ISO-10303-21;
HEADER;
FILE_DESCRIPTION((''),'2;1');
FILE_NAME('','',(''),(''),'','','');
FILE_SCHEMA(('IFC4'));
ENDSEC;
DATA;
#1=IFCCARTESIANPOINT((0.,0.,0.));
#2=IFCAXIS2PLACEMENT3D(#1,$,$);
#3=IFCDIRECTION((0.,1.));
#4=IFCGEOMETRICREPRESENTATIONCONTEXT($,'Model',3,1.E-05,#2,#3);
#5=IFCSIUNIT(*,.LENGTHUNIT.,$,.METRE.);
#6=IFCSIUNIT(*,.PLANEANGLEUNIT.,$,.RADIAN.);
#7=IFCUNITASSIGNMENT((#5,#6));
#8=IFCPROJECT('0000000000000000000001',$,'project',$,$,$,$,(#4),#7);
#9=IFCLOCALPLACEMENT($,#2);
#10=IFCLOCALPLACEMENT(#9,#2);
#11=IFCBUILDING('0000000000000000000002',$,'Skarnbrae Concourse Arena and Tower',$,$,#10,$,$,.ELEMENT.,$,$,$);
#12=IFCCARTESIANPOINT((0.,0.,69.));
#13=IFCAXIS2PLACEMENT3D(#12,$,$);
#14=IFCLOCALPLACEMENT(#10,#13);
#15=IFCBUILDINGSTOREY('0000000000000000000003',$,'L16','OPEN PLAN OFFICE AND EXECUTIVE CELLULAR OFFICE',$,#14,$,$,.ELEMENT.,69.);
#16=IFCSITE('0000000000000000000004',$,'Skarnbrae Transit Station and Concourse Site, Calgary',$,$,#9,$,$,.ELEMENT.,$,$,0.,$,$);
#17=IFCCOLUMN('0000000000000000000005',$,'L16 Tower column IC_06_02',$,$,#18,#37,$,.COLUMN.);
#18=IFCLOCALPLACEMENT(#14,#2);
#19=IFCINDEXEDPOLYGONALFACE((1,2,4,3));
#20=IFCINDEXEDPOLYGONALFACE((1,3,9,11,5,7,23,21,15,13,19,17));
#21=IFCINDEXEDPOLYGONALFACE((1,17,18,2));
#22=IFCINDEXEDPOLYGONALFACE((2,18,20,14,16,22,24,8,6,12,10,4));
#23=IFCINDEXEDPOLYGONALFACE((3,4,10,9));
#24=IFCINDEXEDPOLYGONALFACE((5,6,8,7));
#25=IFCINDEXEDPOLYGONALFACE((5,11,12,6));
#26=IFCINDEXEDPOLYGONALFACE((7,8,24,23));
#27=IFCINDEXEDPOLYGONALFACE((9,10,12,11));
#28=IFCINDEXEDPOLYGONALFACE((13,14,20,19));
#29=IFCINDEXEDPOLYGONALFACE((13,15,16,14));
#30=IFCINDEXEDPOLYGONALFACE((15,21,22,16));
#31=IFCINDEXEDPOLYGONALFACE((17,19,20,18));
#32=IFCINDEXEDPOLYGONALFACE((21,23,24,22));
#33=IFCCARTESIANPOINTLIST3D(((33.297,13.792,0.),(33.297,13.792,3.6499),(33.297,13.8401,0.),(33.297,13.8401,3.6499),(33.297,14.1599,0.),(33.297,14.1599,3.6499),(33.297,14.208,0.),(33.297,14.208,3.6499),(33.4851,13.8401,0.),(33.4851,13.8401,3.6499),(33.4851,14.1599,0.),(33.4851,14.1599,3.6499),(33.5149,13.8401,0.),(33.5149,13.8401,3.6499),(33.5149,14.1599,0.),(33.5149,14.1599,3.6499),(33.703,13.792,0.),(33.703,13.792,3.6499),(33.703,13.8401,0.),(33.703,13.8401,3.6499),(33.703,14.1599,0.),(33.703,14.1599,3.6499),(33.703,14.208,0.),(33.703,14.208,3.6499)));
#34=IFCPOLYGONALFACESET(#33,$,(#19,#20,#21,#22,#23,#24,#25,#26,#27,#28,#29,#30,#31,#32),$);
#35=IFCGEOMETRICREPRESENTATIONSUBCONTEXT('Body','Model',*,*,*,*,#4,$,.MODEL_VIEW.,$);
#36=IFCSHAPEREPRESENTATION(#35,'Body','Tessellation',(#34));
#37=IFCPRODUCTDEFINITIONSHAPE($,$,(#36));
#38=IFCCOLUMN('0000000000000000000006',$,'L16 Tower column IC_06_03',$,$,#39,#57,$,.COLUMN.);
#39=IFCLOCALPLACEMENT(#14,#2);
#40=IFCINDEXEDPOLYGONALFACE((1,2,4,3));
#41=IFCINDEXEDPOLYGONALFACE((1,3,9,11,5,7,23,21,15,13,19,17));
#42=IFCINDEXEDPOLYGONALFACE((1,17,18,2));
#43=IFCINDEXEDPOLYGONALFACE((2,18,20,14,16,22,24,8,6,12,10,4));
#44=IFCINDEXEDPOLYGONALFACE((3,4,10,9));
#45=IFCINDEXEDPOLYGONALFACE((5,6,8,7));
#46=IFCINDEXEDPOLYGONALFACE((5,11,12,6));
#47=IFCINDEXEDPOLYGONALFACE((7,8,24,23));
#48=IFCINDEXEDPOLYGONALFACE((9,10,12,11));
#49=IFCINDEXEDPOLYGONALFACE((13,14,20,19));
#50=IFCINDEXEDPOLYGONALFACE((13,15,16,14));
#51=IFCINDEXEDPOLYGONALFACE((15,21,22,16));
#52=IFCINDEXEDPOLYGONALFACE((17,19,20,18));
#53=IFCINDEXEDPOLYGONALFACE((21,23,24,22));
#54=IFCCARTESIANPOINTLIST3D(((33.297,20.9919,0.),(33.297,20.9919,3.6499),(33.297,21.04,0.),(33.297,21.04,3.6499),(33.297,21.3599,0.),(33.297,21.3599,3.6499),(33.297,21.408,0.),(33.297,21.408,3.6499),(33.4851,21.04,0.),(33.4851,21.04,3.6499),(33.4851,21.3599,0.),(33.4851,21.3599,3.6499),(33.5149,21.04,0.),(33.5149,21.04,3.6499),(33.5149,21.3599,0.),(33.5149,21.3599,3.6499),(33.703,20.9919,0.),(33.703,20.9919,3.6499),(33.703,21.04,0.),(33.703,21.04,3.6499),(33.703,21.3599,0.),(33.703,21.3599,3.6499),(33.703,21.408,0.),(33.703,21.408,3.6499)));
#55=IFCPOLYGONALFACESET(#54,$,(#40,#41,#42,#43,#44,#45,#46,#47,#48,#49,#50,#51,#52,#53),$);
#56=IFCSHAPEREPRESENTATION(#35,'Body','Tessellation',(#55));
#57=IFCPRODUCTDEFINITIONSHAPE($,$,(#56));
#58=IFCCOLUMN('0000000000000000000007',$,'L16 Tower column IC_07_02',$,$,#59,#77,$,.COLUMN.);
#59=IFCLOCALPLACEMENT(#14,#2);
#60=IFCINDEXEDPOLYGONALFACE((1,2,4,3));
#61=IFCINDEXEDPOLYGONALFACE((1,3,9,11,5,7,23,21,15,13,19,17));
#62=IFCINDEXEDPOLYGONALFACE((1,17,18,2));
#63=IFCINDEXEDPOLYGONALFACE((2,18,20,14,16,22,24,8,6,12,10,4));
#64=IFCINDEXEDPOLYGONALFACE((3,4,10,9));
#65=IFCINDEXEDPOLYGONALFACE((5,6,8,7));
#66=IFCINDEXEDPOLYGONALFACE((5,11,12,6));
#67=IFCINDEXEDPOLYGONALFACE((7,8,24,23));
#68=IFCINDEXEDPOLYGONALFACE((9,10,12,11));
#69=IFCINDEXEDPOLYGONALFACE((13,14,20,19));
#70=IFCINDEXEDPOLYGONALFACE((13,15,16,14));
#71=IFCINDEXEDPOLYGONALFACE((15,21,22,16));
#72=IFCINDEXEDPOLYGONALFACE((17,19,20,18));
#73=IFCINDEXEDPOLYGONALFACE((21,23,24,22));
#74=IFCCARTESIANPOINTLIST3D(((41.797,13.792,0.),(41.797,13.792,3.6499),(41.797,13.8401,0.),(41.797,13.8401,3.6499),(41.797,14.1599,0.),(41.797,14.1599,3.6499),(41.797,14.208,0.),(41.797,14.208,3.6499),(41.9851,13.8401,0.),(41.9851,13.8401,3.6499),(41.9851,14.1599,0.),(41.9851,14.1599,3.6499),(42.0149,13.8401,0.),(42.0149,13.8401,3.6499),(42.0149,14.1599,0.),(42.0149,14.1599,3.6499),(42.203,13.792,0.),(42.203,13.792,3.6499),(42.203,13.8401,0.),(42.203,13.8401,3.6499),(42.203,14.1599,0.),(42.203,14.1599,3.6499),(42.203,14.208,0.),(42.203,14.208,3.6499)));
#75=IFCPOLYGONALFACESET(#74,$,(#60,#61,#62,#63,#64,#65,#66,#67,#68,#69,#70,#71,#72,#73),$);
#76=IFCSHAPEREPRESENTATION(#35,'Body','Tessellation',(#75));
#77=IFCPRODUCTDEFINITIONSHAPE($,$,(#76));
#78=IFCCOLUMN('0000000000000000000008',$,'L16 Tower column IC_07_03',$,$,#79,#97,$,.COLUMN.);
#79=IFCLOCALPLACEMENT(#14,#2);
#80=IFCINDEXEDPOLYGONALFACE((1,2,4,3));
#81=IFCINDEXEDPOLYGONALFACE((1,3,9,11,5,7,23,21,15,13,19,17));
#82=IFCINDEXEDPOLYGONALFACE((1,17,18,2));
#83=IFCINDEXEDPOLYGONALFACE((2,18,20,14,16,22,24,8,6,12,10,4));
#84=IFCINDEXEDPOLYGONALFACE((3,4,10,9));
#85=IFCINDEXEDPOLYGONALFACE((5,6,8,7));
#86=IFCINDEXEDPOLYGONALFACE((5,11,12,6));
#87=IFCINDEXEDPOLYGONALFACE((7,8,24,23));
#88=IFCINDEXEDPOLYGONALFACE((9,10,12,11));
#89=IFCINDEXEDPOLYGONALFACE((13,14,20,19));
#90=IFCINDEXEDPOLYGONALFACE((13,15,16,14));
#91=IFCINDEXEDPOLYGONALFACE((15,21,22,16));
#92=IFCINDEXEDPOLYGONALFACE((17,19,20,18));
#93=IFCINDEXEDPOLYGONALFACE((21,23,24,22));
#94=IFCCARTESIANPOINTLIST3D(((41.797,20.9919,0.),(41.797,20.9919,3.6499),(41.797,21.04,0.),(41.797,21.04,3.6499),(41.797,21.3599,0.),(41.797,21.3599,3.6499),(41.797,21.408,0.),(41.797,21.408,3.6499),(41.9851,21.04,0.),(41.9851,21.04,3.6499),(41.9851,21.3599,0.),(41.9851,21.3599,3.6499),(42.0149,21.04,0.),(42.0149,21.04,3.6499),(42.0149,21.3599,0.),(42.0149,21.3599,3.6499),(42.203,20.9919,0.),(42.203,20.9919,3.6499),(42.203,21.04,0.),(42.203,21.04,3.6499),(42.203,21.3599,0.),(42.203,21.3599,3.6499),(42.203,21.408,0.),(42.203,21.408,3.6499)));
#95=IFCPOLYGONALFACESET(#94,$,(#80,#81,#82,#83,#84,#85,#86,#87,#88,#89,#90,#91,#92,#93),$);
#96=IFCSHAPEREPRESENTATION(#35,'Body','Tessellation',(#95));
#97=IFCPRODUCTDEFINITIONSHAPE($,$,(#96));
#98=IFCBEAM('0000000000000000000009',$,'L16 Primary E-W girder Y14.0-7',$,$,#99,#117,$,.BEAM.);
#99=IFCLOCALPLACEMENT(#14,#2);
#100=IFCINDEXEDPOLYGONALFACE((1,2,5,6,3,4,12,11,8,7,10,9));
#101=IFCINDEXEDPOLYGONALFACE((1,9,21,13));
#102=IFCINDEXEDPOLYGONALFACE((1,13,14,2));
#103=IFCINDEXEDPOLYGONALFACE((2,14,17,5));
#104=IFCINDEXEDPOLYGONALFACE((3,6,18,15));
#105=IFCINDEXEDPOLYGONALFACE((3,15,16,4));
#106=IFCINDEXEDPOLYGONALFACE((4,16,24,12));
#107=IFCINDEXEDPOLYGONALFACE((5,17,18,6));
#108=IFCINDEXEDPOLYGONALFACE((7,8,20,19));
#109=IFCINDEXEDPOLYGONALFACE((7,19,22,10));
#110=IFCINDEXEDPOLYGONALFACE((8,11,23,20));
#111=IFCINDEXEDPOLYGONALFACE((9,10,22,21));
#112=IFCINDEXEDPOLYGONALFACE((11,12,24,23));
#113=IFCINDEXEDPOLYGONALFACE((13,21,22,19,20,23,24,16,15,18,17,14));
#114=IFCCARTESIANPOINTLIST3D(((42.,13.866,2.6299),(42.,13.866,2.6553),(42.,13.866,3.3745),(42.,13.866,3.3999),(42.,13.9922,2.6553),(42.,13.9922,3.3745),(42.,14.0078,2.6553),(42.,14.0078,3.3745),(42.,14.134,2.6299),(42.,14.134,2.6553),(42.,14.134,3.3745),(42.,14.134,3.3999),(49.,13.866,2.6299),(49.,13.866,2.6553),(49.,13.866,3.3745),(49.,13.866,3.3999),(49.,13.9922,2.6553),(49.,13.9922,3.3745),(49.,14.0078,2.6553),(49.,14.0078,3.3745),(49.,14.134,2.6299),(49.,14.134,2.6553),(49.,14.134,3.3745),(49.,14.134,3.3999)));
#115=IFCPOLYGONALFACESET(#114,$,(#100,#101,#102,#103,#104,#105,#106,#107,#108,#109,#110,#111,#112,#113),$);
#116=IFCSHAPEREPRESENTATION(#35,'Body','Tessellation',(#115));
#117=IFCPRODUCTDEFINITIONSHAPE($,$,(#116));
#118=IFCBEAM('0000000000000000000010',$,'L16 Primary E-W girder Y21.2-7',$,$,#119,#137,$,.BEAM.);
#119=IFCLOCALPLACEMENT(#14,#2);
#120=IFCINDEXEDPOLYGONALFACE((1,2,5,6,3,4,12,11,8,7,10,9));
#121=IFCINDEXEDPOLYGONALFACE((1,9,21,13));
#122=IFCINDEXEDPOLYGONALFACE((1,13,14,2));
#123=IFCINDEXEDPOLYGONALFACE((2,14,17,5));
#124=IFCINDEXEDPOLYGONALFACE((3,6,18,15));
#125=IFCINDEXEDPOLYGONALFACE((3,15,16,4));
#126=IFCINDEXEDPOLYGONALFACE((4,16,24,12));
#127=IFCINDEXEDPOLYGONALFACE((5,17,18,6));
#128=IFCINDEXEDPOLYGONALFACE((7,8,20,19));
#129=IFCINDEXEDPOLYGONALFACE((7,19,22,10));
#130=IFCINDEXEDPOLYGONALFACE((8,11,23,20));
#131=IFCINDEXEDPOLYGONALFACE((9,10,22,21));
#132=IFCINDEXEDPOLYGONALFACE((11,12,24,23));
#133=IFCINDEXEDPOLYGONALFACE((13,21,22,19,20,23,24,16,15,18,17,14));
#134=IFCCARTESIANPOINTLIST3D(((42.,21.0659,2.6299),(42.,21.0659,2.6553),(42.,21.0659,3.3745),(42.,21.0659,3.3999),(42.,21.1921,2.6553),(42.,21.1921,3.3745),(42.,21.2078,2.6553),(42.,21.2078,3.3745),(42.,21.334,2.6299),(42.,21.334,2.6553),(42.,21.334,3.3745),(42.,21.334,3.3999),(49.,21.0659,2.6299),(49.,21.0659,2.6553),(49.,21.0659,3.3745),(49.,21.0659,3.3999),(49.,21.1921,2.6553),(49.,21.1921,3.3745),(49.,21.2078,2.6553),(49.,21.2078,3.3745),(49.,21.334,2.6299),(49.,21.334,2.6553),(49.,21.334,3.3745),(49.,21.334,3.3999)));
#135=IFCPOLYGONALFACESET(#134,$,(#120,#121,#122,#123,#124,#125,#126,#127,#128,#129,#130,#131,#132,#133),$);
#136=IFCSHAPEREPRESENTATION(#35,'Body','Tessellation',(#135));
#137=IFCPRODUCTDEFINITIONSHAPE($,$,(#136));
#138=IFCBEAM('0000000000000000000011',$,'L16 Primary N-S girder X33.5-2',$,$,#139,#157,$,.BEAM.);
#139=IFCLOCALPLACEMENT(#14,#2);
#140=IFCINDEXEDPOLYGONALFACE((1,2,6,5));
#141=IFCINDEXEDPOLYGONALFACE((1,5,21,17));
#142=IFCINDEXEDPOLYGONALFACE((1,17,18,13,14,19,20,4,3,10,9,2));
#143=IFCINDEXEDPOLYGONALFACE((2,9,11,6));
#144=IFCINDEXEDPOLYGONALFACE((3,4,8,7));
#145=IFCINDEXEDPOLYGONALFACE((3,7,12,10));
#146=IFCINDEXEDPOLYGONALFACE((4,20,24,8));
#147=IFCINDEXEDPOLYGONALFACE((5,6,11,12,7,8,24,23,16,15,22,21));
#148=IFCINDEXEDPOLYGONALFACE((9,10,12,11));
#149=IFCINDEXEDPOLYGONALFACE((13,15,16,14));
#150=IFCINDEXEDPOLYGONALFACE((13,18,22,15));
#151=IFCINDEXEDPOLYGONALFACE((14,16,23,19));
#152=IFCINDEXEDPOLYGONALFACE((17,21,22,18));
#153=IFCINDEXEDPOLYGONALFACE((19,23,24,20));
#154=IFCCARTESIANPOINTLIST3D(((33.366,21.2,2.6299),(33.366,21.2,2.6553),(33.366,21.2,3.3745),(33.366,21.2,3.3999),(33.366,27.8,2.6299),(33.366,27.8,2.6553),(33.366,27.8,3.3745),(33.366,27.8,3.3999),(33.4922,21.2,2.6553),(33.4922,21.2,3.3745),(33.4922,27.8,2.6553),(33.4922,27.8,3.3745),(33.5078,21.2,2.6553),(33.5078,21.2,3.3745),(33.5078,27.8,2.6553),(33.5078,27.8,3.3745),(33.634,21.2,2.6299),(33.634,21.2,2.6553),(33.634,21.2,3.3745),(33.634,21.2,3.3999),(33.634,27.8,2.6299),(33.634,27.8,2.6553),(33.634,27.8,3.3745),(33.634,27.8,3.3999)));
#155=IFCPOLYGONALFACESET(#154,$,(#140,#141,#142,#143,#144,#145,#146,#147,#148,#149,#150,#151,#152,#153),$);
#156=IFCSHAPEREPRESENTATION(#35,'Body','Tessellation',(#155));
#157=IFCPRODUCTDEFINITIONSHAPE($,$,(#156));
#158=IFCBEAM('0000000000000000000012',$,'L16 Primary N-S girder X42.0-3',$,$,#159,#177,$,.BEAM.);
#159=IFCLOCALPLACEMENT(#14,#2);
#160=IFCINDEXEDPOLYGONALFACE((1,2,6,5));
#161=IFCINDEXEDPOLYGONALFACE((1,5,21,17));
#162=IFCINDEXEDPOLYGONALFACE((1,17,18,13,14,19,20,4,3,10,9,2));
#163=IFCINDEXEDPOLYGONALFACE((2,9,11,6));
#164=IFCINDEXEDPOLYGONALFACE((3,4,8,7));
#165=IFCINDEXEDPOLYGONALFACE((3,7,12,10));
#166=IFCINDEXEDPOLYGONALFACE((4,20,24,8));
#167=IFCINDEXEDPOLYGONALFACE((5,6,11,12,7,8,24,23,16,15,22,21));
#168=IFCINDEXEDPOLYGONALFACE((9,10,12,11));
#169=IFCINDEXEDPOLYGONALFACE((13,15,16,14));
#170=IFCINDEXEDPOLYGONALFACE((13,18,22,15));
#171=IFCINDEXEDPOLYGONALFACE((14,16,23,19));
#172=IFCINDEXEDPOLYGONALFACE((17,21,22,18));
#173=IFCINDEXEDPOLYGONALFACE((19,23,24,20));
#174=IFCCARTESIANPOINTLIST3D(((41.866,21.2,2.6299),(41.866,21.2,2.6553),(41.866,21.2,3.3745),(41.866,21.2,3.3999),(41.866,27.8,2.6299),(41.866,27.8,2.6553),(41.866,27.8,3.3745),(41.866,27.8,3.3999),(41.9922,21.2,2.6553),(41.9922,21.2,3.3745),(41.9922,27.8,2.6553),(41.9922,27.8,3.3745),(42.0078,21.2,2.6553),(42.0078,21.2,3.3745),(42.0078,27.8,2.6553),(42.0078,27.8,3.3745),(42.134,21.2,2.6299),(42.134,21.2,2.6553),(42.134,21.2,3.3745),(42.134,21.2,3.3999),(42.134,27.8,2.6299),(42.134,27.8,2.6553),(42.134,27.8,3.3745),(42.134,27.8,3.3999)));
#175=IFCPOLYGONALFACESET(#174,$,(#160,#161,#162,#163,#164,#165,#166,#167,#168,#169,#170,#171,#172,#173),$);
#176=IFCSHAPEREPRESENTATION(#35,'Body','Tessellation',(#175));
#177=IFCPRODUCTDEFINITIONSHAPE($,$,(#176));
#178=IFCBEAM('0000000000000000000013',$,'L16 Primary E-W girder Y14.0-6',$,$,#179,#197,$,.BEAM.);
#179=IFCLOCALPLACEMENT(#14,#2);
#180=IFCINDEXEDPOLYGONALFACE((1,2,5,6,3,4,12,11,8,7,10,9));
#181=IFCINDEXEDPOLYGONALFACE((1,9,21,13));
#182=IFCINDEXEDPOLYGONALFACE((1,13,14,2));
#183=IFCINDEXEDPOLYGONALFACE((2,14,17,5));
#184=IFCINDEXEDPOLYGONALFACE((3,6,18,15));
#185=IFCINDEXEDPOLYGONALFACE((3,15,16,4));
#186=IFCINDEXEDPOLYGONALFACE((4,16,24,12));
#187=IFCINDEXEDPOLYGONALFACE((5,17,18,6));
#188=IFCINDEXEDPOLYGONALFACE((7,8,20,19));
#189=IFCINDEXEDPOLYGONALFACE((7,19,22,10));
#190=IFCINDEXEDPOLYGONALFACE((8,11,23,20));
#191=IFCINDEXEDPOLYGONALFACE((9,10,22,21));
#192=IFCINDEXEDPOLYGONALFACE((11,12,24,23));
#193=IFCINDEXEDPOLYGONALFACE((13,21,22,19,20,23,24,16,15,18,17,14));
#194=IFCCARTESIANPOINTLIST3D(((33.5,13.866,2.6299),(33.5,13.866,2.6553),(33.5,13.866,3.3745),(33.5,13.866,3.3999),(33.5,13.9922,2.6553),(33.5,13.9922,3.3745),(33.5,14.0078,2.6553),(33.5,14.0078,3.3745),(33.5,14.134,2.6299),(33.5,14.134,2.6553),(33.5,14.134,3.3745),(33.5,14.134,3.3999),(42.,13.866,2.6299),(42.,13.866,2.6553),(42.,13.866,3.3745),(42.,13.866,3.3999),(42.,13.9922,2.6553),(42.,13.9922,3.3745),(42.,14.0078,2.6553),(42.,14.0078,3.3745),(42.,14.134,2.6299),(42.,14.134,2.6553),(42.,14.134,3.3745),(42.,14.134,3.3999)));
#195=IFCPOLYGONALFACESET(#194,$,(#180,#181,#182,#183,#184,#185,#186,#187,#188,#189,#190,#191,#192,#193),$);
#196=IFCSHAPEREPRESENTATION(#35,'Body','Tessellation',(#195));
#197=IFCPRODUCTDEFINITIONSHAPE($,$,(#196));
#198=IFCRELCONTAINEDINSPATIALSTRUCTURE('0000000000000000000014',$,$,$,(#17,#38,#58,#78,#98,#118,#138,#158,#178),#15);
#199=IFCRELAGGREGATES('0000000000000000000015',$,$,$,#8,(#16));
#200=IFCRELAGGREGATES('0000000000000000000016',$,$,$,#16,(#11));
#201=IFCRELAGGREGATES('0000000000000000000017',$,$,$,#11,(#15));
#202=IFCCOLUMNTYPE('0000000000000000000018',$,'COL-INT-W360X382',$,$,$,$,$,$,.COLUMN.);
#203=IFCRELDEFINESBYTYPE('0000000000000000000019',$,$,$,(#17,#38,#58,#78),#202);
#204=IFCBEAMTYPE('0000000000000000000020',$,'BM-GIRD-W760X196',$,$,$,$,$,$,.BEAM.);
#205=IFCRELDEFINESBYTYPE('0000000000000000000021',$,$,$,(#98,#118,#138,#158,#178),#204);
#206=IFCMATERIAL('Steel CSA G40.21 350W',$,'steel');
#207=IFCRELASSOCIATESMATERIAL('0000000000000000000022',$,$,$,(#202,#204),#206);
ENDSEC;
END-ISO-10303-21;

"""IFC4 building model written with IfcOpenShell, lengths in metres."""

from ifc_helpers import new_model, si_unit, direction, frame, origin, origin_2d, place, context, subcontext, project, spatial, i_section, extrude, source, transform, mapped, material, material_profile, profile_set, type_object, element, save


model = new_model("IFC4")

# Units and contexts
model_context = context("Model", 3, precision=1e-05, world=origin(), true_north=direction((0.0, 1.0)))
body_context = subcontext(model_context, "Body", "Model", "MODEL_VIEW")
ifc_project = project(units=[si_unit("LENGTHUNIT", "METRE"), si_unit("PLANEANGLEUNIT", "RADIAN")], contexts=[model_context])

# Site, building, storey
site_placement = place(None, origin())
site = spatial("IfcSite", under=ifc_project, at=site_placement, Name="Skarnbrae Transit Station and Concourse Site, Calgary", CompositionType="ELEMENT", RefElevation=0.0)
building_placement = place(site_placement, origin())
building = spatial("IfcBuilding", under=site, at=building_placement, Name="Skarnbrae Concourse Arena and Tower", CompositionType="ELEMENT")
storey_placement = place(building_placement, frame((0.0, 0.0, 69.0)))
storey = spatial("IfcBuildingStorey", under=building, at=storey_placement, Name="L16", Description="OPEN PLAN OFFICE AND EXECUTIVE CELLULAR OFFICE", CompositionType="ELEMENT", Elevation=69.0)

# Columns
ifc_material_1 = material(Name="Steel CSA G40.21 350W", Category="steel")
ifc_material_profile_1 = material_profile(ifc_material_1, i_section(OverallWidth=0.406, OverallDepth=0.416, WebThickness=0.0298, FlangeThickness=0.0481, at=origin_2d()), Name="W360X382")
ifc_profile_set_1 = profile_set([ifc_material_profile_1], Name="Steel CSA G40.21 350W")
column_type = type_object("IfcColumnType", Name="COL-INT-W360X382", PredefinedType="COLUMN", material=ifc_profile_set_1)
shared_shape_1 = source(origin(), body_context, "Body", "SweptSolid", [
    extrude(i_section(OverallWidth=0.406, OverallDepth=0.416, WebThickness=0.0298, FlangeThickness=0.0481, at=origin_2d()), origin(), (0.0, 0.0, 1.0), 3.6499),
])
for number, where, z_axis, x_axis, name in (
    (1, (33.5, 14.0, 0.0), (0.0, 0.0, 1.0), (1.0, 0.0, 0.0), "L16 Tower column IC_06_02"),
    (2, (33.5, 21.2, 0.0), (0.0, 0.0, 1.0), (1.0, 0.0, 0.0), "L16 Tower column IC_06_03"),
    (3, (42.0, 14.0, 0.0), (0.0, 0.0, 1.0), (1.0, 0.0, 0.0), "L16 Tower column IC_07_02"),
    (4, (42.0, 21.2, 0.0), (0.0, 0.0, 1.0), (1.0, 0.0, 0.0), "L16 Tower column IC_07_03"),
):
    element("IfcColumn", number, at=place(storey_placement, frame(where, z_axis=z_axis, x_axis=x_axis)), inside=storey, type_object=column_type, Name=name, PredefinedType="COLUMN", context=body_context, shape_type="MappedRepresentation", body=[
        mapped(shared_shape_1, transform((0.0, 0.0, 0.0))),
    ])

# Beams
ifc_material_profile_2 = material_profile(ifc_material_1, i_section(OverallWidth=0.2681, OverallDepth=0.77, WebThickness=0.0156, FlangeThickness=0.0254, at=origin_2d()), Name="W760X196")
ifc_profile_set_2 = profile_set([ifc_material_profile_2], Name="Steel CSA G40.21 350W")
beam_type_1 = type_object("IfcBeamType", Name="BM-GIRD-W760X196", PredefinedType="BEAM", material=ifc_profile_set_2)
shared_shape_2 = source(origin(), body_context, "Body", "SweptSolid", [
    extrude(i_section(OverallWidth=0.2681, OverallDepth=0.77, WebThickness=0.0156, FlangeThickness=0.0254, at=origin_2d()), origin(), (0.0, 0.0, 1.0), 7.0),
])
for number, where, z_axis, x_axis, name in (
    (5, (42.0, 14.0, 3.0149), (1.0, 0.0, 0.0), (0.0, 1.0, 0.0), "L16 Primary E-W girder Y14.0-7"),
    (6, (42.0, 21.2, 3.0149), (1.0, 0.0, 0.0), (0.0, 1.0, 0.0), "L16 Primary E-W girder Y21.2-7"),
):
    element("IfcBeam", number, at=place(storey_placement, frame(where, z_axis=z_axis, x_axis=x_axis)), inside=storey, type_object=beam_type_1, Name=name, PredefinedType="BEAM", context=body_context, shape_type="MappedRepresentation", body=[
        mapped(shared_shape_2, transform((0.0, 0.0, 0.0))),
    ])
shared_shape_3 = source(origin(), body_context, "Body", "SweptSolid", [
    extrude(i_section(OverallWidth=0.2681, OverallDepth=0.77, WebThickness=0.0156, FlangeThickness=0.0254, at=origin_2d()), origin(), (0.0, 0.0, 1.0), 6.6001),
])
for number, where, z_axis, x_axis, name in (
    (7, (33.5, 21.2, 3.0149), (0.0, 1.0, 0.0), (-1.0, 0.0, 0.0), "L16 Primary N-S girder X33.5-2"),
    (8, (42.0, 21.2, 3.0149), (0.0, 1.0, 0.0), (-1.0, 0.0, 0.0), "L16 Primary N-S girder X42.0-3"),
):
    element("IfcBeam", number, at=place(storey_placement, frame(where, z_axis=z_axis, x_axis=x_axis)), inside=storey, type_object=beam_type_1, Name=name, PredefinedType="BEAM", context=body_context, shape_type="MappedRepresentation", body=[
        mapped(shared_shape_3, transform((0.0, 0.0, 0.0))),
    ])
shared_shape_4 = source(origin(), body_context, "Body", "SweptSolid", [
    extrude(i_section(OverallWidth=0.2681, OverallDepth=0.77, WebThickness=0.0156, FlangeThickness=0.0254, at=origin_2d()), origin(), (0.0, 0.0, 1.0), 8.5),
])
for number, where, z_axis, x_axis, name in (
    (9, (33.5, 14.0, 3.0149), (1.0, 0.0, 0.0), (0.0, 1.0, 0.0), "L16 Primary E-W girder Y14.0-6"),
):
    element("IfcBeam", number, at=place(storey_placement, frame(where, z_axis=z_axis, x_axis=x_axis)), inside=storey, type_object=beam_type_1, Name=name, PredefinedType="BEAM", context=body_context, shape_type="MappedRepresentation", body=[
        mapped(shared_shape_4, transform((0.0, 0.0, 0.0))),
    ])

save(model, "model.ifc")
